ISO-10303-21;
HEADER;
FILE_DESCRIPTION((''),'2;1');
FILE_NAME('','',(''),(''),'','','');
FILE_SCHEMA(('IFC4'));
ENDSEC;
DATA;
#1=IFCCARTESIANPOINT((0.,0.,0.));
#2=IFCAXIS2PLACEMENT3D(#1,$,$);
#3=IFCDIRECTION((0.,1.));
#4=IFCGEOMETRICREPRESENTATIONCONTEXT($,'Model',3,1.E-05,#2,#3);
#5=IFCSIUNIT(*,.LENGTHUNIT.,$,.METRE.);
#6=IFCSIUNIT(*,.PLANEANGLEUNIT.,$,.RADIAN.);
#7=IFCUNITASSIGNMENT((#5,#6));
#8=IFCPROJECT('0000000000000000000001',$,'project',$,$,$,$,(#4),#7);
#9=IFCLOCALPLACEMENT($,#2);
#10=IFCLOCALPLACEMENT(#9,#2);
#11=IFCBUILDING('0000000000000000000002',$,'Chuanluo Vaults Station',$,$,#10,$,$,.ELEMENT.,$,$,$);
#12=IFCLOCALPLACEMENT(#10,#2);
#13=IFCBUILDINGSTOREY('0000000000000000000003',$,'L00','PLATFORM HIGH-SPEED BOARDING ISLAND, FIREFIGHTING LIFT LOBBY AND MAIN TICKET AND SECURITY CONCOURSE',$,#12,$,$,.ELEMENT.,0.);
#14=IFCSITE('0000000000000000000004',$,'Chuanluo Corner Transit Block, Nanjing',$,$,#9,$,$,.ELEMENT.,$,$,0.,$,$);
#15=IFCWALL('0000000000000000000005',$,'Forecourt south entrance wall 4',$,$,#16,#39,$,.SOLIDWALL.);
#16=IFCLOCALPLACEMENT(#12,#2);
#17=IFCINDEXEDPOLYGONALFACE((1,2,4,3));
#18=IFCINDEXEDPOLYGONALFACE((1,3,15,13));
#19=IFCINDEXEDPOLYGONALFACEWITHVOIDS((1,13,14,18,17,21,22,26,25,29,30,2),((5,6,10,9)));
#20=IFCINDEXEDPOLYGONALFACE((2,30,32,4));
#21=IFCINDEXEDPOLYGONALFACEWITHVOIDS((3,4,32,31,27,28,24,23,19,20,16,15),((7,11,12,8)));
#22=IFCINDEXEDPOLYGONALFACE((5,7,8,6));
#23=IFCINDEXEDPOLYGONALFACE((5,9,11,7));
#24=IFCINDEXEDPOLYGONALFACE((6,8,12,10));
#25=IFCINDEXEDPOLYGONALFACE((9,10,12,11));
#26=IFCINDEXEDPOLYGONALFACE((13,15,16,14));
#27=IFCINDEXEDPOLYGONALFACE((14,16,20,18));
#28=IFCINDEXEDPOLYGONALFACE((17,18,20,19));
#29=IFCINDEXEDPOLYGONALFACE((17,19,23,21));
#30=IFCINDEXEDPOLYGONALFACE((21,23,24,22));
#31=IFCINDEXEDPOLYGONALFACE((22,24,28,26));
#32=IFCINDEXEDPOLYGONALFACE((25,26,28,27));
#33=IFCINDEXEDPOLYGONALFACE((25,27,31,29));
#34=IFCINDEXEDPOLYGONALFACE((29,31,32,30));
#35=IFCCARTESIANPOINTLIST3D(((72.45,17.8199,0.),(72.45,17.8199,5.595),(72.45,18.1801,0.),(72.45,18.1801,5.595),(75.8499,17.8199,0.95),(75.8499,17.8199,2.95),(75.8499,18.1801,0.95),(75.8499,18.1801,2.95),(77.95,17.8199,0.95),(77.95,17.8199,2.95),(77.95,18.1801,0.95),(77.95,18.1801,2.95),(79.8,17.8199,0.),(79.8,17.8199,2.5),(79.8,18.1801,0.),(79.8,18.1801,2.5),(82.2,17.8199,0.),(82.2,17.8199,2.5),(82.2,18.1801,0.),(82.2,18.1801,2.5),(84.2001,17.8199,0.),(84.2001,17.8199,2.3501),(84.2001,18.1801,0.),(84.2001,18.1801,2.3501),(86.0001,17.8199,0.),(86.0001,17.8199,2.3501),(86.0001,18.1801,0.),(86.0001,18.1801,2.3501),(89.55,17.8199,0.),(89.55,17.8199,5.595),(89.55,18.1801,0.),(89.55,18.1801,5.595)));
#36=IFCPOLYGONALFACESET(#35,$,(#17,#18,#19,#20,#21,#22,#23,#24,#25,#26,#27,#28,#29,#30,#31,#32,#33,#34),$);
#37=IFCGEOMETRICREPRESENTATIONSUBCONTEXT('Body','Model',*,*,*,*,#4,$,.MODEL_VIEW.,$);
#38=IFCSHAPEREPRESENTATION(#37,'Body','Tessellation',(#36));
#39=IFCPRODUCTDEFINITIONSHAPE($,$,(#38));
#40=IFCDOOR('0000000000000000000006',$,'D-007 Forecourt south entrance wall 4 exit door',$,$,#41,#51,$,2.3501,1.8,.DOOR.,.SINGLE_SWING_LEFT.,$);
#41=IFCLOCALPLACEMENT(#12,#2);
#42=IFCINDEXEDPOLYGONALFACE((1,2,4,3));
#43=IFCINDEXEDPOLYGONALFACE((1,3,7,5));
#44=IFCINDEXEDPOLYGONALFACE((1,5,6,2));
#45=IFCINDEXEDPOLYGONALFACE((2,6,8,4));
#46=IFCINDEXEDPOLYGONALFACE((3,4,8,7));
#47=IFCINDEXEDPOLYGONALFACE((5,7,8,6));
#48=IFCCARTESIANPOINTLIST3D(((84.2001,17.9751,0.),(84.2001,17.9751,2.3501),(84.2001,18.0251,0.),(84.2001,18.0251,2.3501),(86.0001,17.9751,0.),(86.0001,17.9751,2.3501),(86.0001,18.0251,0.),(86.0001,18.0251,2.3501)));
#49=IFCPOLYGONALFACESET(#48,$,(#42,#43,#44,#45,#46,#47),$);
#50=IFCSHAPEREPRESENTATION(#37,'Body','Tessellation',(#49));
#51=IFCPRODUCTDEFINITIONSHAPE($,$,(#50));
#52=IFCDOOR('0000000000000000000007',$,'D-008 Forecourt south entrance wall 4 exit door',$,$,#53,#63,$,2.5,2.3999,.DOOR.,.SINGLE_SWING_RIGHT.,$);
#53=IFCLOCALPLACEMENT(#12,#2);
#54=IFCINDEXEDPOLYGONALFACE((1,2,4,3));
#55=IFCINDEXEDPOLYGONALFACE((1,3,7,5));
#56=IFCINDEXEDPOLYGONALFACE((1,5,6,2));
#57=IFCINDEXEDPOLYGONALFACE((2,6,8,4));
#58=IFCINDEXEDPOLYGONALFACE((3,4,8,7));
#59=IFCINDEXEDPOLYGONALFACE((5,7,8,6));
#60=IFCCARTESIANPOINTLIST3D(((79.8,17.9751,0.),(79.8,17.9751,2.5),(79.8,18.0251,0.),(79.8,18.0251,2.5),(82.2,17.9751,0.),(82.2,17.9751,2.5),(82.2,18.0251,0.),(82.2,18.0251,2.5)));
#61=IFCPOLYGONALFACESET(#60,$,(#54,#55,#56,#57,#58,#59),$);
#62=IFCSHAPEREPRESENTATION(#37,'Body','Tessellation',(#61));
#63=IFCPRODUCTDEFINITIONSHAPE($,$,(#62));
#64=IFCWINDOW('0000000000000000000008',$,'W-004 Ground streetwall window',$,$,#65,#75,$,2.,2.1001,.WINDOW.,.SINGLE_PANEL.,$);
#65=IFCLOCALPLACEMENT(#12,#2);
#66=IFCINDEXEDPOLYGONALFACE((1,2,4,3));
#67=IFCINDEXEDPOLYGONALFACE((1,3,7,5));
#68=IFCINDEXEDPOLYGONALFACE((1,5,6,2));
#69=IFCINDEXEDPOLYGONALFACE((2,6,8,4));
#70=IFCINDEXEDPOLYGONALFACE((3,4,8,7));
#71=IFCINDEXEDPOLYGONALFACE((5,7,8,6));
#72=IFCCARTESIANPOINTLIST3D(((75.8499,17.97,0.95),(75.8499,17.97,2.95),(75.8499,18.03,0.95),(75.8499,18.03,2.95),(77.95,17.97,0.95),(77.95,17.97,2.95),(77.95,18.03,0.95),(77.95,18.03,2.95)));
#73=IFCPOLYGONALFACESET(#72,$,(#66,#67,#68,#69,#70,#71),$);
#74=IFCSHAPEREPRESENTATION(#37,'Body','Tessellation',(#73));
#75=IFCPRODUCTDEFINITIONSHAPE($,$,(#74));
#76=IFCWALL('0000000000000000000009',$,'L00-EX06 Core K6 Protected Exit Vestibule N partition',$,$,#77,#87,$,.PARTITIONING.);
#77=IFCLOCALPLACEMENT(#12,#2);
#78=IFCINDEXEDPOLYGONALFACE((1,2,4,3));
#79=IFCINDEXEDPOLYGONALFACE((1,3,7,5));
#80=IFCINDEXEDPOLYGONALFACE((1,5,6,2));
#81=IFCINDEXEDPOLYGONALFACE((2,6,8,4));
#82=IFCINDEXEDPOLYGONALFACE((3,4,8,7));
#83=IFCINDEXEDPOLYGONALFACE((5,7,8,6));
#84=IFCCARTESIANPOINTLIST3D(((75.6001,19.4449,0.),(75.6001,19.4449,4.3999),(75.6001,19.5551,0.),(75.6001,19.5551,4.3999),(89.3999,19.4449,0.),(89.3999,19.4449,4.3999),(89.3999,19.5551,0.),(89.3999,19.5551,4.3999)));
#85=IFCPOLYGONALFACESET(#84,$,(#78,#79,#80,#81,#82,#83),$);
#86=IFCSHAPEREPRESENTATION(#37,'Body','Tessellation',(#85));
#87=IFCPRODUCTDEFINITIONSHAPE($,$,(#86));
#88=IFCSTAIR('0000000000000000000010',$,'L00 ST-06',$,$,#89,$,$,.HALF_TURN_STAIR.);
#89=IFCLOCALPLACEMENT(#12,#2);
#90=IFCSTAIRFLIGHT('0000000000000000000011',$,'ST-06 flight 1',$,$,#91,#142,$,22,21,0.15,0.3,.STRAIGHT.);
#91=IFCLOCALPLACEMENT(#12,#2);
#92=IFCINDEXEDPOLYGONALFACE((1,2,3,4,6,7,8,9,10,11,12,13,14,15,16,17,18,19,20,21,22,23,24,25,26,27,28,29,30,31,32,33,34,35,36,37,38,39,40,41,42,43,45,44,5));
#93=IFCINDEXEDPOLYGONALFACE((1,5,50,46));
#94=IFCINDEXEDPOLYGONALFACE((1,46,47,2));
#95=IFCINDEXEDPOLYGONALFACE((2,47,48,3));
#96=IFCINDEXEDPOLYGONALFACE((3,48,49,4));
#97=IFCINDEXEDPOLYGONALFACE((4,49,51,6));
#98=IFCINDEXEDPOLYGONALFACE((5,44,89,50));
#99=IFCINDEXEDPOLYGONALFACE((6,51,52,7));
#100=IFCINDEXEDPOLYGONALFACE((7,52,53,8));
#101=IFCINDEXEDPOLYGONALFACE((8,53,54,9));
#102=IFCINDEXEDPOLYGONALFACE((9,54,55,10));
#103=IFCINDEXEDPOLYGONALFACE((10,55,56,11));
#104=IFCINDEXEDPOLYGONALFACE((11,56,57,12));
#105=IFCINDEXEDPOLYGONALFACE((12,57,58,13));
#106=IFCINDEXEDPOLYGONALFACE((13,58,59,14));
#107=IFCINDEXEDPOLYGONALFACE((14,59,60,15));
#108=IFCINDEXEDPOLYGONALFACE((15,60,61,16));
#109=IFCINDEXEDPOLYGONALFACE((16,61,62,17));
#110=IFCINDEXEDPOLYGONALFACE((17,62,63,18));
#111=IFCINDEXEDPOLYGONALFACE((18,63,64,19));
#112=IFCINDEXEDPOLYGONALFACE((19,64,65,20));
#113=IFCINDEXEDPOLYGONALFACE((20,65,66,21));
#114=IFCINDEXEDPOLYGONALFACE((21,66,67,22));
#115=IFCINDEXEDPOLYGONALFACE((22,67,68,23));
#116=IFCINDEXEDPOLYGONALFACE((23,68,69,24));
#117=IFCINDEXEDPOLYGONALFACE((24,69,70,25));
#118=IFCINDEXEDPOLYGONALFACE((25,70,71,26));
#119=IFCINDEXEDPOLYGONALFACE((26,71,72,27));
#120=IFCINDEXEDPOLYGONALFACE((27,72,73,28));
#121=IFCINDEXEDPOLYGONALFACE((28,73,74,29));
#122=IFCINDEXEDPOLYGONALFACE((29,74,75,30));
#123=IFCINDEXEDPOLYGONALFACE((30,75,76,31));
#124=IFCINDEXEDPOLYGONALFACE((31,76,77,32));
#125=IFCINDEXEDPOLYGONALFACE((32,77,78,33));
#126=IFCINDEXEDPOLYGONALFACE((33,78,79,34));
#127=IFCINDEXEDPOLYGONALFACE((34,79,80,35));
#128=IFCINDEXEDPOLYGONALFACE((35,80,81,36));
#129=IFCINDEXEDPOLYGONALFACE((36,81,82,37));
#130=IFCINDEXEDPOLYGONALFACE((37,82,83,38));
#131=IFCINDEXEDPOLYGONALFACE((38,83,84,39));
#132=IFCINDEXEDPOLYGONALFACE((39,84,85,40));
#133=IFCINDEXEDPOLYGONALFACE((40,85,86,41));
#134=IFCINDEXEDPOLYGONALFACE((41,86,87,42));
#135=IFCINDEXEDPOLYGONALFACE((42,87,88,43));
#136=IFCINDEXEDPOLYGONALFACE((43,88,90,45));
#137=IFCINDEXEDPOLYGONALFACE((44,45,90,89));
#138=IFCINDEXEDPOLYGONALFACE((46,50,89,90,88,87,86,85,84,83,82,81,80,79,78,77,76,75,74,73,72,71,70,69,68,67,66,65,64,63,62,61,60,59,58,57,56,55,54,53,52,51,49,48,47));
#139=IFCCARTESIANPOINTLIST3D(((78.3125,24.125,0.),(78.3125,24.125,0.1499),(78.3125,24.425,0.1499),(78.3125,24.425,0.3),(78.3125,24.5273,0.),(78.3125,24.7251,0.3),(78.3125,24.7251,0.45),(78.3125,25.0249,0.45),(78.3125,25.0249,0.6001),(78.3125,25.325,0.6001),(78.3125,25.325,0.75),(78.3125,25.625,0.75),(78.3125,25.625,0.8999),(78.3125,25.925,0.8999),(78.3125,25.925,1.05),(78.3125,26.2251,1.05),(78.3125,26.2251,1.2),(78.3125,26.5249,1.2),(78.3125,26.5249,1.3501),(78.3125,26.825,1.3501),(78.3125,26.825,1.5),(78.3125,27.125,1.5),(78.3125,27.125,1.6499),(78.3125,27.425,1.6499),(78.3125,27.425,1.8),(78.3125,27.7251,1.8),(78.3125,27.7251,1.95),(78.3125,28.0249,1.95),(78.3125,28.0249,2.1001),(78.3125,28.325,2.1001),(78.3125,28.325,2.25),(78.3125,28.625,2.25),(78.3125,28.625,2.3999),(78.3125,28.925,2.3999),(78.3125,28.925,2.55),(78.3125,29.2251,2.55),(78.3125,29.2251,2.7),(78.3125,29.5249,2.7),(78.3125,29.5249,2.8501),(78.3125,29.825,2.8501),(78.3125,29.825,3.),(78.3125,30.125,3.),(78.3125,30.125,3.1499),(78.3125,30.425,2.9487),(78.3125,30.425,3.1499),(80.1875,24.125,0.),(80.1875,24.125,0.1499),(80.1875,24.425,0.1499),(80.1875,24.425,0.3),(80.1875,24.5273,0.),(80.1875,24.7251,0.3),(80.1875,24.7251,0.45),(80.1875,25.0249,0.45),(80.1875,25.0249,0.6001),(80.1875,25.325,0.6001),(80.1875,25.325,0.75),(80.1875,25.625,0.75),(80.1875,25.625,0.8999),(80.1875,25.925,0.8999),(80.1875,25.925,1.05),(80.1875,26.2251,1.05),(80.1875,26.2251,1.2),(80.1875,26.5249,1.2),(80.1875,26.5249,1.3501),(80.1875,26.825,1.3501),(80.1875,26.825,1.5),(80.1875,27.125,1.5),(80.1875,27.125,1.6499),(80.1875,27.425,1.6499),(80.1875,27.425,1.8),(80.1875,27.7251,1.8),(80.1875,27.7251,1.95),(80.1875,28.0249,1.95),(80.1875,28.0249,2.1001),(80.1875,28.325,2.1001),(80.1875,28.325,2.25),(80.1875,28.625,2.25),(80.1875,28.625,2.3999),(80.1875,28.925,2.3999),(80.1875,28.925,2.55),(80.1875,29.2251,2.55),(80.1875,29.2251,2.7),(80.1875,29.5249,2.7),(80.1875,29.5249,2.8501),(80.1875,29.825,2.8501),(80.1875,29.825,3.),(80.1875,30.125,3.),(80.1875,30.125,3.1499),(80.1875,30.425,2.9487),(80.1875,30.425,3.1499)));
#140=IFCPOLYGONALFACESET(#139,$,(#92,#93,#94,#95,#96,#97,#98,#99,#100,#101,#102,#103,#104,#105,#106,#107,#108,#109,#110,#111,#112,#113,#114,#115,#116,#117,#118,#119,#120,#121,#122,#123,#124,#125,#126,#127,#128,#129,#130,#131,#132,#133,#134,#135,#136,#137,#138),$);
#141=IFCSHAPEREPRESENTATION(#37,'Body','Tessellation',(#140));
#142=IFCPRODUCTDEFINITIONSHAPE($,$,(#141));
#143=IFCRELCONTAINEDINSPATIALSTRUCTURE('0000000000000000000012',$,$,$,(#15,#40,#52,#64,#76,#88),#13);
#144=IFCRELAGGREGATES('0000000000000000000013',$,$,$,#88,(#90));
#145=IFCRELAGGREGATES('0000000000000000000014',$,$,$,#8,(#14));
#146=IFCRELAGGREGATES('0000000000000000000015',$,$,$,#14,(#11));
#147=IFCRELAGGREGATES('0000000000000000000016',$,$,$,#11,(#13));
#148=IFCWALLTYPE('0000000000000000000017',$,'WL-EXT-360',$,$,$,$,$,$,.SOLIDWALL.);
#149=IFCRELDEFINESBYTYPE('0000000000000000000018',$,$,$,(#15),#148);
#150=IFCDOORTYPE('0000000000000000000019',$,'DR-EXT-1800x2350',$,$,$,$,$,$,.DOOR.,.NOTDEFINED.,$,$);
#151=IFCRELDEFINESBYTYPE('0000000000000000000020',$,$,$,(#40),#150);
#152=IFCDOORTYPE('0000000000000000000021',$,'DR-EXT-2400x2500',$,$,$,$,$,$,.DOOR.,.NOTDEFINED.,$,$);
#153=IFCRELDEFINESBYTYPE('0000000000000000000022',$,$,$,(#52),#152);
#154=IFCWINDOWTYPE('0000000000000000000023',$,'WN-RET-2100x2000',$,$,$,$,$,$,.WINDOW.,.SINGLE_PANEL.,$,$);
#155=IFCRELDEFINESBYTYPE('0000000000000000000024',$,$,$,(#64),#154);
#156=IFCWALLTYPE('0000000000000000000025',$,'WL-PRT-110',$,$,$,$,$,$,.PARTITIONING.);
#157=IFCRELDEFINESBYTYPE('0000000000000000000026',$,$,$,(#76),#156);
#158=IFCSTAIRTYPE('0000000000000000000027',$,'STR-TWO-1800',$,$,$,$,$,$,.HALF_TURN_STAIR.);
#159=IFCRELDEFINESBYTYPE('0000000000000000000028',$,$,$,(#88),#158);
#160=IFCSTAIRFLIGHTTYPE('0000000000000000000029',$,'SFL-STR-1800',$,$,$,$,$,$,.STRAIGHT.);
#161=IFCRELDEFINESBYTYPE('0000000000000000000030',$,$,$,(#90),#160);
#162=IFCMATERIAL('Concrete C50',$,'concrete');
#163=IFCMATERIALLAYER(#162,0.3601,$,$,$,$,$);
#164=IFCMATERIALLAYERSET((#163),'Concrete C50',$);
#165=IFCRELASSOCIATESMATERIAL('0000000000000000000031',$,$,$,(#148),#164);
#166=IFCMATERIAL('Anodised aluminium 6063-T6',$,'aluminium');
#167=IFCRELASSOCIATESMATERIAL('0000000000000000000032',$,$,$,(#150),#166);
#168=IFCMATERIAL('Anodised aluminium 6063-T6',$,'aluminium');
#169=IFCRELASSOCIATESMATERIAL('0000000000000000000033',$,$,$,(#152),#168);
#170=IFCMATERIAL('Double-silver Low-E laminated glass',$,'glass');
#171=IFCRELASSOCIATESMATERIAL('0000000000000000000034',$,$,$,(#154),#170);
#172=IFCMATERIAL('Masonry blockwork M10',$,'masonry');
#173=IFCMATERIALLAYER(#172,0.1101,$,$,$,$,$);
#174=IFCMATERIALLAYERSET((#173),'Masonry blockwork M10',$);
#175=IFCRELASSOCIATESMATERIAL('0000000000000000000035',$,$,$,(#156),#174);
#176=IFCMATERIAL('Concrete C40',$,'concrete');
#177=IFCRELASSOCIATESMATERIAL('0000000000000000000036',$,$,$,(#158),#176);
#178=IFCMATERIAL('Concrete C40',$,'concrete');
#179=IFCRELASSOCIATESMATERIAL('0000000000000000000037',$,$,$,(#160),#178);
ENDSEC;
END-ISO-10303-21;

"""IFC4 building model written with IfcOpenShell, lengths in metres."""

from ifc_helpers import new_model, si_unit, direction, frame, frame_2d, origin, place, context, subcontext, project, spatial, polyline, rectangle, outline, extrude, material, layer, layer_set, type_object, element, fill, aggregate, save


model = new_model("IFC4")

# Units and contexts
model_context = context("Model", 3, precision=1e-05, world=origin(), true_north=direction((0.0, 1.0)))
body_context = subcontext(model_context, "Body", "Model", "MODEL_VIEW")
ifc_project = project(units=[si_unit("LENGTHUNIT", "METRE"), si_unit("PLANEANGLEUNIT", "RADIAN")], contexts=[model_context])

# Site, building, storey
site_placement = place(None, origin())
site = spatial("IfcSite", under=ifc_project, at=site_placement, Name="Chuanluo Corner Transit Block, Nanjing", CompositionType="ELEMENT", RefElevation=0.0)
building_placement = place(site_placement, origin())
building = spatial("IfcBuilding", under=site, at=building_placement, Name="Chuanluo Vaults Station", CompositionType="ELEMENT")
storey_placement = place(building_placement, origin())
storey = spatial("IfcBuildingStorey", under=building, at=storey_placement, Name="L00", Description="PLATFORM HIGH-SPEED BOARDING ISLAND, FIREFIGHTING LIFT LOBBY AND MAIN TICKET AND SECURITY CONCOURSE", CompositionType="ELEMENT", Elevation=0.0)

# Wall, openings, doors, window
ifc_material_1 = material(Name="Concrete C50", Category="concrete")
ifc_layer_1 = layer(ifc_material_1, 0.3601)
ifc_layer_set_1 = layer_set([ifc_layer_1], Name="Concrete C50")
wall_type_1 = type_object("IfcWallType", Name="WL-EXT-360", PredefinedType="SOLIDWALL", material=ifc_layer_set_1)
wall_1_placement = place(storey_placement, frame((89.55, 18.0, 0.0), z_axis=(0.0, 0.0, 1.0), x_axis=(-1.0, 0.0, 0.0)))
wall_1 = element("IfcWall", 1, at=wall_1_placement, inside=storey, type_object=wall_type_1, Name="Forecourt south entrance wall 4", PredefinedType="SOLIDWALL", context=body_context, shape_type="SweptSolid", body=[
    extrude(rectangle(XDim=17.1001, YDim=0.3601, at=frame_2d((8.55, 0.0))), origin(), (0.0, 0.0, 1.0), 5.595),
])
opening_1_placement = place(wall_1_placement, frame((3.55, 0.0, 0.0)))
opening_1 = element("IfcOpeningElement", 2, at=opening_1_placement, cuts=wall_1, PredefinedType="OPENING", context=body_context, shape_type="SweptSolid", body=[
    extrude(rectangle(XDim=1.8, YDim=2.3501, at=frame_2d((0.8999, 1.175))), frame((0.0, 0.1902, 0.0), z_axis=(0.0, -1.0, 0.0), x_axis=(1.0, 0.0, 0.0)), (0.0, 0.0, 1.0), 0.3801),
])
opening_2_placement = place(wall_1_placement, frame((7.3501, 0.0, 0.0)))
opening_2 = element("IfcOpeningElement", 3, at=opening_2_placement, cuts=wall_1, PredefinedType="OPENING", context=body_context, shape_type="SweptSolid", body=[
    extrude(rectangle(XDim=2.3999, YDim=2.5, at=frame_2d((1.2, 1.25))), frame((0.0, 0.1902, 0.0), z_axis=(0.0, -1.0, 0.0), x_axis=(1.0, 0.0, 0.0)), (0.0, 0.0, 1.0), 0.3801),
])
opening_3_placement = place(wall_1_placement, frame((11.6001, 0.0, 0.95)))
opening_3 = element("IfcOpeningElement", 4, at=opening_3_placement, cuts=wall_1, PredefinedType="OPENING", context=body_context, shape_type="SweptSolid", body=[
    extrude(rectangle(XDim=2.1001, YDim=2.0, at=frame_2d((1.05, 1.0))), frame((0.0, 0.1902, 0.0), z_axis=(0.0, -1.0, 0.0), x_axis=(1.0, 0.0, 0.0)), (0.0, 0.0, 1.0), 0.3801),
])
ifc_material_2 = material(Name="Anodised aluminium 6063-T6", Category="aluminium")
door_type_1 = type_object("IfcDoorType", Name="DR-EXT-1800x2350", OperationType="NOTDEFINED", PredefinedType="DOOR", material=ifc_material_2)
door_1_placement = place(opening_1_placement, origin())
door_1 = element("IfcDoor", 5, at=door_1_placement, inside=storey, type_object=door_type_1, Name="D-007 Forecourt south entrance wall 4 exit door", OperationType="SINGLE_SWING_LEFT", OverallHeight=2.3501, OverallWidth=1.8, PredefinedType="DOOR", context=body_context, shape_type="SweptSolid", body=[
    extrude(rectangle(XDim=1.8, YDim=2.3501, at=frame_2d((0.8999, 1.175))), frame((0.0, 0.0249, 0.0), z_axis=(0.0, -1.0, 0.0), x_axis=(1.0, 0.0, 0.0)), (0.0, 0.0, 1.0), 0.05),
])
fill(opening_1, door_1)
ifc_material_3 = material(Name="Anodised aluminium 6063-T6", Category="aluminium")
door_type_2 = type_object("IfcDoorType", Name="DR-EXT-2400x2500", OperationType="NOTDEFINED", PredefinedType="DOOR", material=ifc_material_3)
door_2_placement = place(opening_2_placement, origin())
door_2 = element("IfcDoor", 6, at=door_2_placement, inside=storey, type_object=door_type_2, Name="D-008 Forecourt south entrance wall 4 exit door", OperationType="SINGLE_SWING_RIGHT", OverallHeight=2.5, OverallWidth=2.3999, PredefinedType="DOOR", context=body_context, shape_type="SweptSolid", body=[
    extrude(rectangle(XDim=2.3999, YDim=2.5, at=frame_2d((1.2, 1.25))), frame((0.0, 0.0249, 0.0), z_axis=(0.0, -1.0, 0.0), x_axis=(1.0, 0.0, 0.0)), (0.0, 0.0, 1.0), 0.05),
])
fill(opening_2, door_2)
ifc_material_4 = material(Name="Double-silver Low-E laminated glass", Category="glass")
window_type = type_object("IfcWindowType", Name="WN-RET-2100x2000", PartitioningType="SINGLE_PANEL", PredefinedType="WINDOW", material=ifc_material_4)
window_placement = place(opening_3_placement, origin())
window = element("IfcWindow", 7, at=window_placement, inside=storey, type_object=window_type, Name="W-004 Ground streetwall window", OverallHeight=2.0, OverallWidth=2.1001, PartitioningType="SINGLE_PANEL", PredefinedType="WINDOW", context=body_context, shape_type="SweptSolid", body=[
    extrude(rectangle(XDim=2.1001, YDim=2.0, at=frame_2d((1.05, 1.0))), frame((0.0, 0.03, 0.0), z_axis=(0.0, -1.0, 0.0), x_axis=(1.0, 0.0, 0.0)), (0.0, 0.0, 1.0), 0.0601),
])
fill(opening_3, window)

# Wall
ifc_material_5 = material(Name="Masonry blockwork M10", Category="masonry")
ifc_layer_2 = layer(ifc_material_5, 0.1101)
ifc_layer_set_2 = layer_set([ifc_layer_2], Name="Masonry blockwork M10")
wall_type_2 = type_object("IfcWallType", Name="WL-PRT-110", PredefinedType="PARTITIONING", material=ifc_layer_set_2)
wall_2_placement = place(storey_placement, frame((75.6001, 19.5, 0.0), z_axis=(0.0, 0.0, 1.0), x_axis=(1.0, 0.0, 0.0)))
element("IfcWall", 8, at=wall_2_placement, inside=storey, type_object=wall_type_2, Name="L00-EX06 Core K6 Protected Exit Vestibule N partition", PredefinedType="PARTITIONING", context=body_context, shape_type="SweptSolid", body=[
    extrude(rectangle(XDim=13.7998, YDim=0.1101, at=frame_2d((6.8999, 0.0))), origin(), (0.0, 0.0, 1.0), 4.3999),
])

# Stair, stair flight
ifc_material_6 = material(Name="Concrete C40", Category="concrete")
stair_type = type_object("IfcStairType", Name="STR-TWO-1800", PredefinedType="HALF_TURN_STAIR", material=ifc_material_6)
stair_placement = place(storey_placement, origin())
stair = element("IfcStair", 9, at=stair_placement, inside=storey, type_object=stair_type, Name="L00 ST-06", PredefinedType="HALF_TURN_STAIR")
ifc_material_7 = material(Name="Concrete C40", Category="concrete")
stair_flight_type = type_object("IfcStairFlightType", Name="SFL-STR-1800", PredefinedType="STRAIGHT", material=ifc_material_7)
stair_flight_placement = place(storey_placement, frame((79.25, 24.125, 0.0), z_axis=(0.0, 0.0, 1.0), x_axis=(0.0, 1.0, 0.0)))
stair_flight = element("IfcStairFlight", 10, at=stair_flight_placement, type_object=stair_flight_type, Name="ST-06 flight 1", NumberOfRisers=22, NumberOfTreads=21, PredefinedType="STRAIGHT", RiserHeight=0.15, TreadLength=0.3, context=body_context, shape_type="SweptSolid", body=[
    extrude(outline(polyline([(0.0, 0.0), (0.0, 0.1499), (0.3, 0.1499), (0.3, 0.3), (0.6001, 0.3), (0.6001, 0.45), (0.8999, 0.45), (0.8999, 0.6001), (1.2, 0.6001), (1.2, 0.75), (1.5, 0.75), (1.5, 0.8999), (1.8, 0.8999), (1.8, 1.05), (2.1001, 1.05), (2.1001, 1.2), (2.3999, 1.2), (2.3999, 1.3501), (2.7, 1.3501), (2.7, 1.5), (3.0, 1.5), (3.0, 1.6499), (3.3, 1.6499), (3.3, 1.8), (3.6001, 1.8), (3.6001, 1.95), (3.8999, 1.95), (3.8999, 2.1001), (4.2, 2.1001), (4.2, 2.25), (4.5, 2.25), (4.5, 2.3999), (4.8, 2.3999), (4.8, 2.55), (5.1001, 2.55), (5.1001, 2.7), (5.3999, 2.7), (5.3999, 2.8501), (5.7, 2.8501), (5.7, 3.0), (6.0, 3.0), (6.0, 3.1499), (6.3, 3.1499), (6.3, 3.3), (6.3, 2.9487), (0.4023, 0.0), (0.0, 0.0)])), frame((0.0, 0.9375, 0.0), z_axis=(0.0, -1.0, 0.0), x_axis=(1.0, 0.0, 0.0)), (0.0, 0.0, 1.0), 1.875),
])
aggregate(stair, [stair_flight])

save(model, "model.ifc")
